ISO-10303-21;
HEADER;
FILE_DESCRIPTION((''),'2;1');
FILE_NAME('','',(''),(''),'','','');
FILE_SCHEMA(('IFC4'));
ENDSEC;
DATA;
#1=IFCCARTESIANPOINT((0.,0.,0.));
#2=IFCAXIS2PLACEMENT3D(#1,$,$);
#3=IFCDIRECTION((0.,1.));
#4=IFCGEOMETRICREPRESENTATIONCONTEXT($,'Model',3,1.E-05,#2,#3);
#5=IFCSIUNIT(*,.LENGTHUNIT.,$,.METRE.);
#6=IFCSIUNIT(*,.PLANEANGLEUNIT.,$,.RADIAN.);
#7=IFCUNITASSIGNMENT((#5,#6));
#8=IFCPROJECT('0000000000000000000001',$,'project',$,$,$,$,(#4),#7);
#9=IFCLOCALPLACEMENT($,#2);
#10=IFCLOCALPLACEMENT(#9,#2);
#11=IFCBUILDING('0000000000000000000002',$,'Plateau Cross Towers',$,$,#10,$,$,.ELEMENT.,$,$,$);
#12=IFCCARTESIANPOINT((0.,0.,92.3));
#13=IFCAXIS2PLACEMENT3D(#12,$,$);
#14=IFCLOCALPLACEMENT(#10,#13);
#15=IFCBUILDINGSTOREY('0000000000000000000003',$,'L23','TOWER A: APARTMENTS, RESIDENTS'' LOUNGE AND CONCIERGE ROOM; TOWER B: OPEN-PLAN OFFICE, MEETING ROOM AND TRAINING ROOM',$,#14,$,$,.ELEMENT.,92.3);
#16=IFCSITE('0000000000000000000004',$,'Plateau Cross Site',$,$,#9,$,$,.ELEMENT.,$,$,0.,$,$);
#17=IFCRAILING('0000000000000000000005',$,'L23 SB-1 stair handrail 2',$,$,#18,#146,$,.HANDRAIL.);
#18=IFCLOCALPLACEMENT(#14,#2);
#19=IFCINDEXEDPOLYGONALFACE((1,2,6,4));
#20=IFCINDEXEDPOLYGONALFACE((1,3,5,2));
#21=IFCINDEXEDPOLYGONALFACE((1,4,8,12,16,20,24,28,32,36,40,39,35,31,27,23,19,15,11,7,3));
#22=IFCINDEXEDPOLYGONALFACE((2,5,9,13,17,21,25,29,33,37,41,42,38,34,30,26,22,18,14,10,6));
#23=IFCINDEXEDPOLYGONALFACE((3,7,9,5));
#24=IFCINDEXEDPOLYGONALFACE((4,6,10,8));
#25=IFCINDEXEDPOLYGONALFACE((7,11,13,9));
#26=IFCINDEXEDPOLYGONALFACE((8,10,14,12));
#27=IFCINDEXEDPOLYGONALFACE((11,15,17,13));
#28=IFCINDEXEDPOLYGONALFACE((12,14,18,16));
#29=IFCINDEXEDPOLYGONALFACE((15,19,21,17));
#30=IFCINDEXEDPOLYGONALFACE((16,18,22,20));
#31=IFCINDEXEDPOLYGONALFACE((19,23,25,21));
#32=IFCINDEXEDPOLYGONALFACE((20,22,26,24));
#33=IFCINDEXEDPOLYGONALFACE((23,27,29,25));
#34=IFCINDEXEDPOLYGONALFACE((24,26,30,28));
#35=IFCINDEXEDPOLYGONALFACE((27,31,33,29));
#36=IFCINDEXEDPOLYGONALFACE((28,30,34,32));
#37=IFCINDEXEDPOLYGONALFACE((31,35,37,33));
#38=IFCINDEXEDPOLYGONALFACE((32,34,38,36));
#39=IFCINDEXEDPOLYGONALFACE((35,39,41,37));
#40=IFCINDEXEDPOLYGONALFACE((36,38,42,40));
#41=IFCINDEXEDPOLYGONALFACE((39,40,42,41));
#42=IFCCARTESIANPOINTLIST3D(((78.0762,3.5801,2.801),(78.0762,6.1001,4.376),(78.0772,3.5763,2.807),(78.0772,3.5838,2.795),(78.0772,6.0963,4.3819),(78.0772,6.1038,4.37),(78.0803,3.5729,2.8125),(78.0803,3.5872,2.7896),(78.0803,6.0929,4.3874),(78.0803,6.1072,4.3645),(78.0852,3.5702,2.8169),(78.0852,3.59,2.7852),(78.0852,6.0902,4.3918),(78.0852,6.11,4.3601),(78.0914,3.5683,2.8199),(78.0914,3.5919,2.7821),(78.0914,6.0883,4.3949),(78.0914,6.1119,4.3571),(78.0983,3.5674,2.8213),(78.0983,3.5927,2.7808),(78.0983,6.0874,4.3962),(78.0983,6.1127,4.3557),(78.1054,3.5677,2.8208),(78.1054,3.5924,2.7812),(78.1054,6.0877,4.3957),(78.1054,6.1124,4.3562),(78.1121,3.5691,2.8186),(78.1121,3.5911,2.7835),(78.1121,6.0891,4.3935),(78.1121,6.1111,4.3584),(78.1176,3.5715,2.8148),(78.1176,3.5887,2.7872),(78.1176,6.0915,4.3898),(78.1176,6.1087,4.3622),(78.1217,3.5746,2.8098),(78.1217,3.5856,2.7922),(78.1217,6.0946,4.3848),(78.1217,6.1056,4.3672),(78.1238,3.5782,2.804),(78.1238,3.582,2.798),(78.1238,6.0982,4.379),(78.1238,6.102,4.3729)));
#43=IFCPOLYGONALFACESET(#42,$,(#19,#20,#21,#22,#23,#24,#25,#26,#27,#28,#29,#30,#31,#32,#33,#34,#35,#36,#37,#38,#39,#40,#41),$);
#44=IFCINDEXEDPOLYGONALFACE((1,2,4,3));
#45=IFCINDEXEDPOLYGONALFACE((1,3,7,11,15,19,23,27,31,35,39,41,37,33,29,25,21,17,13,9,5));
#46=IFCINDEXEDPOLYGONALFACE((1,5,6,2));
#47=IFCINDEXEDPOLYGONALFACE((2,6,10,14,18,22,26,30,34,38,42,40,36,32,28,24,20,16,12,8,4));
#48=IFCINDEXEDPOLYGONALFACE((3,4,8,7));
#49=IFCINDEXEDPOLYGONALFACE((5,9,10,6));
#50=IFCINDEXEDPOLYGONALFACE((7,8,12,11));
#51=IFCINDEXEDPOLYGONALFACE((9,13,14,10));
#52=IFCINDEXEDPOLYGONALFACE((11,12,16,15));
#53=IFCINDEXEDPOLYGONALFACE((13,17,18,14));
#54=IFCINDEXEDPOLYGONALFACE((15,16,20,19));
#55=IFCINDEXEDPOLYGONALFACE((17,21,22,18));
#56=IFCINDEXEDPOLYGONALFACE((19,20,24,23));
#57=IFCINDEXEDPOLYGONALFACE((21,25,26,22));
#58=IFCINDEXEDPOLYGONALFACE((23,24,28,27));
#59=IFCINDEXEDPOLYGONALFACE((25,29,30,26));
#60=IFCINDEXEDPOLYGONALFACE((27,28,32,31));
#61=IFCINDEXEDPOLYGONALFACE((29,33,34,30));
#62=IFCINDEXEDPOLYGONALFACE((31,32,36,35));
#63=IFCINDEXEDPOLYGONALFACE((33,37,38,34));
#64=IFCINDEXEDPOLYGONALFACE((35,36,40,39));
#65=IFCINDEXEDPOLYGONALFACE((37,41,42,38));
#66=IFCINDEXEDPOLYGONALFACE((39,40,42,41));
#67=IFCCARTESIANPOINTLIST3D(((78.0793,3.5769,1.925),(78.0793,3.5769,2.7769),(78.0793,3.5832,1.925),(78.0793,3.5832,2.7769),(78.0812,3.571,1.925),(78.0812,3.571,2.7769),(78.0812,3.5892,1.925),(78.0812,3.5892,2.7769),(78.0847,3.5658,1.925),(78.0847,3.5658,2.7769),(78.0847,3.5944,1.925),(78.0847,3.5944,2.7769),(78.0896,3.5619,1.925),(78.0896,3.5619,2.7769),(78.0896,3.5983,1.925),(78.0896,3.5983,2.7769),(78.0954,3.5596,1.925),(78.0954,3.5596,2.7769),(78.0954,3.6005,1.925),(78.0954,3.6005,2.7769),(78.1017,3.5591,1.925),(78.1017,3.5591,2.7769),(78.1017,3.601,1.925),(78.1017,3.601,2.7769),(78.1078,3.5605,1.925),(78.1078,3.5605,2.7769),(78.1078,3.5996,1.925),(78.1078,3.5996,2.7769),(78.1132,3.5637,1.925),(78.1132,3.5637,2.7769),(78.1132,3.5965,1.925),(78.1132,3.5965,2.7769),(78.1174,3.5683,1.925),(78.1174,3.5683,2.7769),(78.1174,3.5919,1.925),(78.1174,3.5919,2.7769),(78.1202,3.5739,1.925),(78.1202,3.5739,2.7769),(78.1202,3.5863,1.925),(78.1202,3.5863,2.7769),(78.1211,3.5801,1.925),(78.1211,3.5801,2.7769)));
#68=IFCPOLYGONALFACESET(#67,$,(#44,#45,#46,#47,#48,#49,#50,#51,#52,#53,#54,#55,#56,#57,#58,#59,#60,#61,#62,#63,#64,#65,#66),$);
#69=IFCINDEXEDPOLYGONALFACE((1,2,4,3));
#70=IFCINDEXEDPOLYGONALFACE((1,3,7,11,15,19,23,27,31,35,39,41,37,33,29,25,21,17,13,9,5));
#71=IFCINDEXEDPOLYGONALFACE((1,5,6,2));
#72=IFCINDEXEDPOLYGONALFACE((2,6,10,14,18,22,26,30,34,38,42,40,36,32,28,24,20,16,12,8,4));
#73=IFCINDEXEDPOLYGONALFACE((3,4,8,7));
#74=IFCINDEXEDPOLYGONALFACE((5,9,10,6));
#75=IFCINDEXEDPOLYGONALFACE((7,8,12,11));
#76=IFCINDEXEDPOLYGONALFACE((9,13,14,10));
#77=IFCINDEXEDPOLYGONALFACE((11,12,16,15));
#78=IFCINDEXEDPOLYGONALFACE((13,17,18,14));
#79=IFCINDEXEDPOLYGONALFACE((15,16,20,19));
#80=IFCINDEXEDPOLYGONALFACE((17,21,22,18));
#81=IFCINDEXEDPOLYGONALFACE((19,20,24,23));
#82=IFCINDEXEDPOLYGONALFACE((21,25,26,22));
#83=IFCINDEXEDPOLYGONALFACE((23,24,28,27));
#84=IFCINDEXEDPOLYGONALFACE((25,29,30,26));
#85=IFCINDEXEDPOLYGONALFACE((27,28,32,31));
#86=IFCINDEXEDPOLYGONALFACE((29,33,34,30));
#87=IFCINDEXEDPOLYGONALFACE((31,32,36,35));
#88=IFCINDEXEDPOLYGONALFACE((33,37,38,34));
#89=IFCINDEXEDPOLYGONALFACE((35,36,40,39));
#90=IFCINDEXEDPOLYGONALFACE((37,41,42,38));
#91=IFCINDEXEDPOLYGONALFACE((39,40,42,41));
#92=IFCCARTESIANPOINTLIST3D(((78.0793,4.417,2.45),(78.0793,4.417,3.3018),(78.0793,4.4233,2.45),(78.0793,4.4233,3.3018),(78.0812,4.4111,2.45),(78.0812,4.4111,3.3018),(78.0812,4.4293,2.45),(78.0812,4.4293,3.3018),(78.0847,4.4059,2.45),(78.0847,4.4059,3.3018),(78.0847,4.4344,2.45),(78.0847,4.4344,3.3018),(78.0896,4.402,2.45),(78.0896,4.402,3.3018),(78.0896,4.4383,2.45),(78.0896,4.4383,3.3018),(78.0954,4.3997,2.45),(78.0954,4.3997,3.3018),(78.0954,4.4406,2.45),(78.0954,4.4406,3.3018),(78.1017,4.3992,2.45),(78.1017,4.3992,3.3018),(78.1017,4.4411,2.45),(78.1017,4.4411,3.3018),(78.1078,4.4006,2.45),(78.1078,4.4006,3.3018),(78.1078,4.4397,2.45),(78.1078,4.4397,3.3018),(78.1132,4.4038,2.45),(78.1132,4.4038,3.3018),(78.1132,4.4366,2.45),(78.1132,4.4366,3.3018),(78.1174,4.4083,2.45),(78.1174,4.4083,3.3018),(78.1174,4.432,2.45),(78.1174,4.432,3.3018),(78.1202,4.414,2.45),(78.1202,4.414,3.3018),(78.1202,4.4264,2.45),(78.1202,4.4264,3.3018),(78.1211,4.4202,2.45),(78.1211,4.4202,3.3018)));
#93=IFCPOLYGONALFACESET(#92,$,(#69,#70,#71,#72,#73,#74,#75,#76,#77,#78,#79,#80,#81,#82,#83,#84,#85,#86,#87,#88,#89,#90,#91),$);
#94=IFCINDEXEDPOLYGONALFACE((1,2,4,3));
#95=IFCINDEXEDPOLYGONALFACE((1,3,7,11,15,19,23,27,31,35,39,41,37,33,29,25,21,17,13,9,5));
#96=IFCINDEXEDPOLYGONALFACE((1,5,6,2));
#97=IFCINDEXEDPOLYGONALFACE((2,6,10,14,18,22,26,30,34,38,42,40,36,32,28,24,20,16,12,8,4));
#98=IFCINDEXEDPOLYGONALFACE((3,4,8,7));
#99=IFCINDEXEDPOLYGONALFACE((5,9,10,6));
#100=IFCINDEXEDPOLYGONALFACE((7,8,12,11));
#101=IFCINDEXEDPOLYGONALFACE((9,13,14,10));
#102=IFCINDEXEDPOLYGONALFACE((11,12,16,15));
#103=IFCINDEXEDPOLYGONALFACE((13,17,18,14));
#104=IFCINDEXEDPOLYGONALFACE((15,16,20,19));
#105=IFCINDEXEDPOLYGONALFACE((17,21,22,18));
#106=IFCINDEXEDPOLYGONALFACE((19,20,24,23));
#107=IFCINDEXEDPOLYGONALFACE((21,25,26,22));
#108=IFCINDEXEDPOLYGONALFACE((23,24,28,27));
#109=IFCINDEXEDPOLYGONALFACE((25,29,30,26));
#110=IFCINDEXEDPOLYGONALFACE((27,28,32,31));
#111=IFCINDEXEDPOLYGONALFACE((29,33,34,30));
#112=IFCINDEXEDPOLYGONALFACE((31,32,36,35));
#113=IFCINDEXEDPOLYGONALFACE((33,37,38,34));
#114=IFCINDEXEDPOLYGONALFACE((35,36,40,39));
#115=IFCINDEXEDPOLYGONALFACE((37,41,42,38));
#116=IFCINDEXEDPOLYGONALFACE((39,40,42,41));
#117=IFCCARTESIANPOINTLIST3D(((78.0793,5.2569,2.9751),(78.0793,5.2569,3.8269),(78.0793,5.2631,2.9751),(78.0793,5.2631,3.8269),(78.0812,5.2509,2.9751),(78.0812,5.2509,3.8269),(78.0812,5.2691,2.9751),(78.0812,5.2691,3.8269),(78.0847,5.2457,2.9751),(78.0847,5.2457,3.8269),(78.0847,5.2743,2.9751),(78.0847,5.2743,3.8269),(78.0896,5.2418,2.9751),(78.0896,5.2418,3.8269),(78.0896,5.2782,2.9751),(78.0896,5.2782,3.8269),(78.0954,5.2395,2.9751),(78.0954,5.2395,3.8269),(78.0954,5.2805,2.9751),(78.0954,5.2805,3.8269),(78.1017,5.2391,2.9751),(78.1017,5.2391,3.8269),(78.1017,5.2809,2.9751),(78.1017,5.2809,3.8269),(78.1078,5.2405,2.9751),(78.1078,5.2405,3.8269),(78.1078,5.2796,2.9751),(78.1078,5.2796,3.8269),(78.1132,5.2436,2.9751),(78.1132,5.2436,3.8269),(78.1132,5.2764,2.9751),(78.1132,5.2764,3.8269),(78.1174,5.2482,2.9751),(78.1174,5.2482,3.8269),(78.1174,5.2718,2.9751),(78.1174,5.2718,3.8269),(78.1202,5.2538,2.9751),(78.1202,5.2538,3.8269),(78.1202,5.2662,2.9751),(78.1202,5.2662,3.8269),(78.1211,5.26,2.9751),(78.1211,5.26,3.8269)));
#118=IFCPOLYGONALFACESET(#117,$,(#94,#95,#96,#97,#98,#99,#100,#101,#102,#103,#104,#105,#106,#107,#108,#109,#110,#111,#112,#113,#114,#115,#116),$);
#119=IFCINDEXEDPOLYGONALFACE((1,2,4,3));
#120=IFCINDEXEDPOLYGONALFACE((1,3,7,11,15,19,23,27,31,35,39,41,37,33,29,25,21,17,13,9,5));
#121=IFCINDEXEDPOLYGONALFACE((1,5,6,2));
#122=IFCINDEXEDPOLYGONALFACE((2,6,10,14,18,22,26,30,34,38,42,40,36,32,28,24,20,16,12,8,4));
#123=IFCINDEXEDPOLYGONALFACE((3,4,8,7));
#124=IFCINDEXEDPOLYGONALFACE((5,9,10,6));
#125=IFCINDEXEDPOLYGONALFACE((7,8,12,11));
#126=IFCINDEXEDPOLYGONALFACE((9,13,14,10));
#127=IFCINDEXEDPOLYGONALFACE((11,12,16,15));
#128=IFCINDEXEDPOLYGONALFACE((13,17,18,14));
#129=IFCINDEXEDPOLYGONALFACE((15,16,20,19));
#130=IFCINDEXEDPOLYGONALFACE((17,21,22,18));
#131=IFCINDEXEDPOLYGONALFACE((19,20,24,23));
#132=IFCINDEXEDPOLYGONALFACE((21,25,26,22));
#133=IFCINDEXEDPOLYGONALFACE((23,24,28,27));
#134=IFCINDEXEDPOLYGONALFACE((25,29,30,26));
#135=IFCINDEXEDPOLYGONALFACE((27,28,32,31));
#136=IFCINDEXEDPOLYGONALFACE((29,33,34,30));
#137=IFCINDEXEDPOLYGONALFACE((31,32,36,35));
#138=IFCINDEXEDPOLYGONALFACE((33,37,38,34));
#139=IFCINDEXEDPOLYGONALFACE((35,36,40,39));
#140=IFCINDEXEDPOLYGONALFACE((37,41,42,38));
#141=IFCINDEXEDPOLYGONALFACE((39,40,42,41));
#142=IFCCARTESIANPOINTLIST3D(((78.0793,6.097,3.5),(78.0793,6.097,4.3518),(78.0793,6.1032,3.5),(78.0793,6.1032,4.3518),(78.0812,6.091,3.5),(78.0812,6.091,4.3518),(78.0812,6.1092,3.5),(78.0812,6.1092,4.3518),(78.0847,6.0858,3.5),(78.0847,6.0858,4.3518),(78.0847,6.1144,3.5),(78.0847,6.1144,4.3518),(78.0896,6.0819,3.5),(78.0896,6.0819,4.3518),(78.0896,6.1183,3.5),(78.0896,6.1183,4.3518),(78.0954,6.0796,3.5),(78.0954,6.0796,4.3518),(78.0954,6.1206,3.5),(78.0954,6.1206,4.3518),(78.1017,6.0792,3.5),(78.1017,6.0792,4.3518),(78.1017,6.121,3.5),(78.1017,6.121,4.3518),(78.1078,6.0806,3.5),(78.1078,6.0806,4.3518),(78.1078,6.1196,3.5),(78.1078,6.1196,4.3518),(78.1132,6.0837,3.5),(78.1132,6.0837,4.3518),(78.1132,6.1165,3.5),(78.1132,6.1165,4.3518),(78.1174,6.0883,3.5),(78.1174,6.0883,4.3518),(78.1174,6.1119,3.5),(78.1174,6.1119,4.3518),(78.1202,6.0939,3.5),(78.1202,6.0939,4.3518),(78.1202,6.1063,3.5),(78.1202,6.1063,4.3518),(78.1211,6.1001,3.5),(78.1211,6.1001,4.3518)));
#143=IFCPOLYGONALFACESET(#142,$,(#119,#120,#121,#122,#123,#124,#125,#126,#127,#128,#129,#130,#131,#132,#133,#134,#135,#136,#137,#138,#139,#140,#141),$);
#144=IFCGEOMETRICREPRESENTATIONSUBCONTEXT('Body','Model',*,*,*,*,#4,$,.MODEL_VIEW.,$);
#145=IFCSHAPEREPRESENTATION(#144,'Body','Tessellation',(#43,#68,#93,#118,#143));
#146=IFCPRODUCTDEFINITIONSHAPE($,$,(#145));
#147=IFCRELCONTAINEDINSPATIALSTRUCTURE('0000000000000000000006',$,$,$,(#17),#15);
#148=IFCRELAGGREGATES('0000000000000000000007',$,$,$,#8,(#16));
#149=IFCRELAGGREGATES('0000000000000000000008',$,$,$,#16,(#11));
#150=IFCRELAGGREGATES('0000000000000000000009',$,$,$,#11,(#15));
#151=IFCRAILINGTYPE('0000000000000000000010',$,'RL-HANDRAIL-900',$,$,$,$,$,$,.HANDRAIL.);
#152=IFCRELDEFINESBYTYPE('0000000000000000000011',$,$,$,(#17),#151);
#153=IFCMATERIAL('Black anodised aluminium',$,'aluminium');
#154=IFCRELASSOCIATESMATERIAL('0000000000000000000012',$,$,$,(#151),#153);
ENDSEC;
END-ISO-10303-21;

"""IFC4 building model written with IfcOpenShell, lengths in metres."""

from ifc_helpers import new_model, si_unit, direction, frame, origin, origin_2d, place, context, subcontext, project, spatial, circle, extrude, material, type_object, element, save


model = new_model("IFC4")

# Units and contexts
model_context = context("Model", 3, precision=1e-05, world=origin(), true_north=direction((0.0, 1.0)))
body_context = subcontext(model_context, "Body", "Model", "MODEL_VIEW")
ifc_project = project(units=[si_unit("LENGTHUNIT", "METRE"), si_unit("PLANEANGLEUNIT", "RADIAN")], contexts=[model_context])

# Site, building, storey
site_placement = place(None, origin())
site = spatial("IfcSite", under=ifc_project, at=site_placement, Name="Plateau Cross Site", CompositionType="ELEMENT", RefElevation=0.0)
building_placement = place(site_placement, origin())
building = spatial("IfcBuilding", under=site, at=building_placement, Name="Plateau Cross Towers", CompositionType="ELEMENT")
storey_placement = place(building_placement, frame((0.0, 0.0, 92.3)))
storey = spatial("IfcBuildingStorey", under=building, at=storey_placement, Name="L23", Description="TOWER A: APARTMENTS, RESIDENTS' LOUNGE AND CONCIERGE ROOM; TOWER B: OPEN-PLAN OFFICE, MEETING ROOM AND TRAINING ROOM", CompositionType="ELEMENT", Elevation=92.3)

# Railing
ifc_material_1 = material(Name="Black anodised aluminium", Category="aluminium")
railing_type_1 = type_object("IfcRailingType", Name="RL-HANDRAIL-900", PredefinedType="HANDRAIL", material=ifc_material_1)
railing_1_placement = place(storey_placement, frame((78.1001, 3.5801, 1.925)))
element("IfcRailing", 1, at=railing_1_placement, inside=storey, type_object=railing_type_1, Name="L23 SB-1 stair handrail 2", PredefinedType="HANDRAIL", context=body_context, shape_type="SweptSolid", body=[
    extrude(circle(Radius=0.0239, at=origin_2d()), frame((0.0, 0.0, 0.876), z_axis=(0.0, 0.848008, 0.529984), x_axis=(-1.0, 0.0, 0.0)), (0.0, 0.0, 1.0), 2.9717),
    extrude(circle(Radius=0.021, at=origin_2d()), origin(), (0.0, 0.0, 1.0), 0.8518),
    extrude(circle(Radius=0.021, at=origin_2d()), frame((0.0, 0.8401, 0.5249)), (0.0, 0.0, 1.0), 0.8518),
    extrude(circle(Radius=0.021, at=origin_2d()), frame((0.0, 1.6799, 1.05)), (0.0, 0.0, 1.0), 0.8518),
    extrude(circle(Radius=0.021, at=origin_2d()), frame((0.0, 2.52, 1.575)), (0.0, 0.0, 1.0), 0.8518),
])

save(model, "model.ifc")
